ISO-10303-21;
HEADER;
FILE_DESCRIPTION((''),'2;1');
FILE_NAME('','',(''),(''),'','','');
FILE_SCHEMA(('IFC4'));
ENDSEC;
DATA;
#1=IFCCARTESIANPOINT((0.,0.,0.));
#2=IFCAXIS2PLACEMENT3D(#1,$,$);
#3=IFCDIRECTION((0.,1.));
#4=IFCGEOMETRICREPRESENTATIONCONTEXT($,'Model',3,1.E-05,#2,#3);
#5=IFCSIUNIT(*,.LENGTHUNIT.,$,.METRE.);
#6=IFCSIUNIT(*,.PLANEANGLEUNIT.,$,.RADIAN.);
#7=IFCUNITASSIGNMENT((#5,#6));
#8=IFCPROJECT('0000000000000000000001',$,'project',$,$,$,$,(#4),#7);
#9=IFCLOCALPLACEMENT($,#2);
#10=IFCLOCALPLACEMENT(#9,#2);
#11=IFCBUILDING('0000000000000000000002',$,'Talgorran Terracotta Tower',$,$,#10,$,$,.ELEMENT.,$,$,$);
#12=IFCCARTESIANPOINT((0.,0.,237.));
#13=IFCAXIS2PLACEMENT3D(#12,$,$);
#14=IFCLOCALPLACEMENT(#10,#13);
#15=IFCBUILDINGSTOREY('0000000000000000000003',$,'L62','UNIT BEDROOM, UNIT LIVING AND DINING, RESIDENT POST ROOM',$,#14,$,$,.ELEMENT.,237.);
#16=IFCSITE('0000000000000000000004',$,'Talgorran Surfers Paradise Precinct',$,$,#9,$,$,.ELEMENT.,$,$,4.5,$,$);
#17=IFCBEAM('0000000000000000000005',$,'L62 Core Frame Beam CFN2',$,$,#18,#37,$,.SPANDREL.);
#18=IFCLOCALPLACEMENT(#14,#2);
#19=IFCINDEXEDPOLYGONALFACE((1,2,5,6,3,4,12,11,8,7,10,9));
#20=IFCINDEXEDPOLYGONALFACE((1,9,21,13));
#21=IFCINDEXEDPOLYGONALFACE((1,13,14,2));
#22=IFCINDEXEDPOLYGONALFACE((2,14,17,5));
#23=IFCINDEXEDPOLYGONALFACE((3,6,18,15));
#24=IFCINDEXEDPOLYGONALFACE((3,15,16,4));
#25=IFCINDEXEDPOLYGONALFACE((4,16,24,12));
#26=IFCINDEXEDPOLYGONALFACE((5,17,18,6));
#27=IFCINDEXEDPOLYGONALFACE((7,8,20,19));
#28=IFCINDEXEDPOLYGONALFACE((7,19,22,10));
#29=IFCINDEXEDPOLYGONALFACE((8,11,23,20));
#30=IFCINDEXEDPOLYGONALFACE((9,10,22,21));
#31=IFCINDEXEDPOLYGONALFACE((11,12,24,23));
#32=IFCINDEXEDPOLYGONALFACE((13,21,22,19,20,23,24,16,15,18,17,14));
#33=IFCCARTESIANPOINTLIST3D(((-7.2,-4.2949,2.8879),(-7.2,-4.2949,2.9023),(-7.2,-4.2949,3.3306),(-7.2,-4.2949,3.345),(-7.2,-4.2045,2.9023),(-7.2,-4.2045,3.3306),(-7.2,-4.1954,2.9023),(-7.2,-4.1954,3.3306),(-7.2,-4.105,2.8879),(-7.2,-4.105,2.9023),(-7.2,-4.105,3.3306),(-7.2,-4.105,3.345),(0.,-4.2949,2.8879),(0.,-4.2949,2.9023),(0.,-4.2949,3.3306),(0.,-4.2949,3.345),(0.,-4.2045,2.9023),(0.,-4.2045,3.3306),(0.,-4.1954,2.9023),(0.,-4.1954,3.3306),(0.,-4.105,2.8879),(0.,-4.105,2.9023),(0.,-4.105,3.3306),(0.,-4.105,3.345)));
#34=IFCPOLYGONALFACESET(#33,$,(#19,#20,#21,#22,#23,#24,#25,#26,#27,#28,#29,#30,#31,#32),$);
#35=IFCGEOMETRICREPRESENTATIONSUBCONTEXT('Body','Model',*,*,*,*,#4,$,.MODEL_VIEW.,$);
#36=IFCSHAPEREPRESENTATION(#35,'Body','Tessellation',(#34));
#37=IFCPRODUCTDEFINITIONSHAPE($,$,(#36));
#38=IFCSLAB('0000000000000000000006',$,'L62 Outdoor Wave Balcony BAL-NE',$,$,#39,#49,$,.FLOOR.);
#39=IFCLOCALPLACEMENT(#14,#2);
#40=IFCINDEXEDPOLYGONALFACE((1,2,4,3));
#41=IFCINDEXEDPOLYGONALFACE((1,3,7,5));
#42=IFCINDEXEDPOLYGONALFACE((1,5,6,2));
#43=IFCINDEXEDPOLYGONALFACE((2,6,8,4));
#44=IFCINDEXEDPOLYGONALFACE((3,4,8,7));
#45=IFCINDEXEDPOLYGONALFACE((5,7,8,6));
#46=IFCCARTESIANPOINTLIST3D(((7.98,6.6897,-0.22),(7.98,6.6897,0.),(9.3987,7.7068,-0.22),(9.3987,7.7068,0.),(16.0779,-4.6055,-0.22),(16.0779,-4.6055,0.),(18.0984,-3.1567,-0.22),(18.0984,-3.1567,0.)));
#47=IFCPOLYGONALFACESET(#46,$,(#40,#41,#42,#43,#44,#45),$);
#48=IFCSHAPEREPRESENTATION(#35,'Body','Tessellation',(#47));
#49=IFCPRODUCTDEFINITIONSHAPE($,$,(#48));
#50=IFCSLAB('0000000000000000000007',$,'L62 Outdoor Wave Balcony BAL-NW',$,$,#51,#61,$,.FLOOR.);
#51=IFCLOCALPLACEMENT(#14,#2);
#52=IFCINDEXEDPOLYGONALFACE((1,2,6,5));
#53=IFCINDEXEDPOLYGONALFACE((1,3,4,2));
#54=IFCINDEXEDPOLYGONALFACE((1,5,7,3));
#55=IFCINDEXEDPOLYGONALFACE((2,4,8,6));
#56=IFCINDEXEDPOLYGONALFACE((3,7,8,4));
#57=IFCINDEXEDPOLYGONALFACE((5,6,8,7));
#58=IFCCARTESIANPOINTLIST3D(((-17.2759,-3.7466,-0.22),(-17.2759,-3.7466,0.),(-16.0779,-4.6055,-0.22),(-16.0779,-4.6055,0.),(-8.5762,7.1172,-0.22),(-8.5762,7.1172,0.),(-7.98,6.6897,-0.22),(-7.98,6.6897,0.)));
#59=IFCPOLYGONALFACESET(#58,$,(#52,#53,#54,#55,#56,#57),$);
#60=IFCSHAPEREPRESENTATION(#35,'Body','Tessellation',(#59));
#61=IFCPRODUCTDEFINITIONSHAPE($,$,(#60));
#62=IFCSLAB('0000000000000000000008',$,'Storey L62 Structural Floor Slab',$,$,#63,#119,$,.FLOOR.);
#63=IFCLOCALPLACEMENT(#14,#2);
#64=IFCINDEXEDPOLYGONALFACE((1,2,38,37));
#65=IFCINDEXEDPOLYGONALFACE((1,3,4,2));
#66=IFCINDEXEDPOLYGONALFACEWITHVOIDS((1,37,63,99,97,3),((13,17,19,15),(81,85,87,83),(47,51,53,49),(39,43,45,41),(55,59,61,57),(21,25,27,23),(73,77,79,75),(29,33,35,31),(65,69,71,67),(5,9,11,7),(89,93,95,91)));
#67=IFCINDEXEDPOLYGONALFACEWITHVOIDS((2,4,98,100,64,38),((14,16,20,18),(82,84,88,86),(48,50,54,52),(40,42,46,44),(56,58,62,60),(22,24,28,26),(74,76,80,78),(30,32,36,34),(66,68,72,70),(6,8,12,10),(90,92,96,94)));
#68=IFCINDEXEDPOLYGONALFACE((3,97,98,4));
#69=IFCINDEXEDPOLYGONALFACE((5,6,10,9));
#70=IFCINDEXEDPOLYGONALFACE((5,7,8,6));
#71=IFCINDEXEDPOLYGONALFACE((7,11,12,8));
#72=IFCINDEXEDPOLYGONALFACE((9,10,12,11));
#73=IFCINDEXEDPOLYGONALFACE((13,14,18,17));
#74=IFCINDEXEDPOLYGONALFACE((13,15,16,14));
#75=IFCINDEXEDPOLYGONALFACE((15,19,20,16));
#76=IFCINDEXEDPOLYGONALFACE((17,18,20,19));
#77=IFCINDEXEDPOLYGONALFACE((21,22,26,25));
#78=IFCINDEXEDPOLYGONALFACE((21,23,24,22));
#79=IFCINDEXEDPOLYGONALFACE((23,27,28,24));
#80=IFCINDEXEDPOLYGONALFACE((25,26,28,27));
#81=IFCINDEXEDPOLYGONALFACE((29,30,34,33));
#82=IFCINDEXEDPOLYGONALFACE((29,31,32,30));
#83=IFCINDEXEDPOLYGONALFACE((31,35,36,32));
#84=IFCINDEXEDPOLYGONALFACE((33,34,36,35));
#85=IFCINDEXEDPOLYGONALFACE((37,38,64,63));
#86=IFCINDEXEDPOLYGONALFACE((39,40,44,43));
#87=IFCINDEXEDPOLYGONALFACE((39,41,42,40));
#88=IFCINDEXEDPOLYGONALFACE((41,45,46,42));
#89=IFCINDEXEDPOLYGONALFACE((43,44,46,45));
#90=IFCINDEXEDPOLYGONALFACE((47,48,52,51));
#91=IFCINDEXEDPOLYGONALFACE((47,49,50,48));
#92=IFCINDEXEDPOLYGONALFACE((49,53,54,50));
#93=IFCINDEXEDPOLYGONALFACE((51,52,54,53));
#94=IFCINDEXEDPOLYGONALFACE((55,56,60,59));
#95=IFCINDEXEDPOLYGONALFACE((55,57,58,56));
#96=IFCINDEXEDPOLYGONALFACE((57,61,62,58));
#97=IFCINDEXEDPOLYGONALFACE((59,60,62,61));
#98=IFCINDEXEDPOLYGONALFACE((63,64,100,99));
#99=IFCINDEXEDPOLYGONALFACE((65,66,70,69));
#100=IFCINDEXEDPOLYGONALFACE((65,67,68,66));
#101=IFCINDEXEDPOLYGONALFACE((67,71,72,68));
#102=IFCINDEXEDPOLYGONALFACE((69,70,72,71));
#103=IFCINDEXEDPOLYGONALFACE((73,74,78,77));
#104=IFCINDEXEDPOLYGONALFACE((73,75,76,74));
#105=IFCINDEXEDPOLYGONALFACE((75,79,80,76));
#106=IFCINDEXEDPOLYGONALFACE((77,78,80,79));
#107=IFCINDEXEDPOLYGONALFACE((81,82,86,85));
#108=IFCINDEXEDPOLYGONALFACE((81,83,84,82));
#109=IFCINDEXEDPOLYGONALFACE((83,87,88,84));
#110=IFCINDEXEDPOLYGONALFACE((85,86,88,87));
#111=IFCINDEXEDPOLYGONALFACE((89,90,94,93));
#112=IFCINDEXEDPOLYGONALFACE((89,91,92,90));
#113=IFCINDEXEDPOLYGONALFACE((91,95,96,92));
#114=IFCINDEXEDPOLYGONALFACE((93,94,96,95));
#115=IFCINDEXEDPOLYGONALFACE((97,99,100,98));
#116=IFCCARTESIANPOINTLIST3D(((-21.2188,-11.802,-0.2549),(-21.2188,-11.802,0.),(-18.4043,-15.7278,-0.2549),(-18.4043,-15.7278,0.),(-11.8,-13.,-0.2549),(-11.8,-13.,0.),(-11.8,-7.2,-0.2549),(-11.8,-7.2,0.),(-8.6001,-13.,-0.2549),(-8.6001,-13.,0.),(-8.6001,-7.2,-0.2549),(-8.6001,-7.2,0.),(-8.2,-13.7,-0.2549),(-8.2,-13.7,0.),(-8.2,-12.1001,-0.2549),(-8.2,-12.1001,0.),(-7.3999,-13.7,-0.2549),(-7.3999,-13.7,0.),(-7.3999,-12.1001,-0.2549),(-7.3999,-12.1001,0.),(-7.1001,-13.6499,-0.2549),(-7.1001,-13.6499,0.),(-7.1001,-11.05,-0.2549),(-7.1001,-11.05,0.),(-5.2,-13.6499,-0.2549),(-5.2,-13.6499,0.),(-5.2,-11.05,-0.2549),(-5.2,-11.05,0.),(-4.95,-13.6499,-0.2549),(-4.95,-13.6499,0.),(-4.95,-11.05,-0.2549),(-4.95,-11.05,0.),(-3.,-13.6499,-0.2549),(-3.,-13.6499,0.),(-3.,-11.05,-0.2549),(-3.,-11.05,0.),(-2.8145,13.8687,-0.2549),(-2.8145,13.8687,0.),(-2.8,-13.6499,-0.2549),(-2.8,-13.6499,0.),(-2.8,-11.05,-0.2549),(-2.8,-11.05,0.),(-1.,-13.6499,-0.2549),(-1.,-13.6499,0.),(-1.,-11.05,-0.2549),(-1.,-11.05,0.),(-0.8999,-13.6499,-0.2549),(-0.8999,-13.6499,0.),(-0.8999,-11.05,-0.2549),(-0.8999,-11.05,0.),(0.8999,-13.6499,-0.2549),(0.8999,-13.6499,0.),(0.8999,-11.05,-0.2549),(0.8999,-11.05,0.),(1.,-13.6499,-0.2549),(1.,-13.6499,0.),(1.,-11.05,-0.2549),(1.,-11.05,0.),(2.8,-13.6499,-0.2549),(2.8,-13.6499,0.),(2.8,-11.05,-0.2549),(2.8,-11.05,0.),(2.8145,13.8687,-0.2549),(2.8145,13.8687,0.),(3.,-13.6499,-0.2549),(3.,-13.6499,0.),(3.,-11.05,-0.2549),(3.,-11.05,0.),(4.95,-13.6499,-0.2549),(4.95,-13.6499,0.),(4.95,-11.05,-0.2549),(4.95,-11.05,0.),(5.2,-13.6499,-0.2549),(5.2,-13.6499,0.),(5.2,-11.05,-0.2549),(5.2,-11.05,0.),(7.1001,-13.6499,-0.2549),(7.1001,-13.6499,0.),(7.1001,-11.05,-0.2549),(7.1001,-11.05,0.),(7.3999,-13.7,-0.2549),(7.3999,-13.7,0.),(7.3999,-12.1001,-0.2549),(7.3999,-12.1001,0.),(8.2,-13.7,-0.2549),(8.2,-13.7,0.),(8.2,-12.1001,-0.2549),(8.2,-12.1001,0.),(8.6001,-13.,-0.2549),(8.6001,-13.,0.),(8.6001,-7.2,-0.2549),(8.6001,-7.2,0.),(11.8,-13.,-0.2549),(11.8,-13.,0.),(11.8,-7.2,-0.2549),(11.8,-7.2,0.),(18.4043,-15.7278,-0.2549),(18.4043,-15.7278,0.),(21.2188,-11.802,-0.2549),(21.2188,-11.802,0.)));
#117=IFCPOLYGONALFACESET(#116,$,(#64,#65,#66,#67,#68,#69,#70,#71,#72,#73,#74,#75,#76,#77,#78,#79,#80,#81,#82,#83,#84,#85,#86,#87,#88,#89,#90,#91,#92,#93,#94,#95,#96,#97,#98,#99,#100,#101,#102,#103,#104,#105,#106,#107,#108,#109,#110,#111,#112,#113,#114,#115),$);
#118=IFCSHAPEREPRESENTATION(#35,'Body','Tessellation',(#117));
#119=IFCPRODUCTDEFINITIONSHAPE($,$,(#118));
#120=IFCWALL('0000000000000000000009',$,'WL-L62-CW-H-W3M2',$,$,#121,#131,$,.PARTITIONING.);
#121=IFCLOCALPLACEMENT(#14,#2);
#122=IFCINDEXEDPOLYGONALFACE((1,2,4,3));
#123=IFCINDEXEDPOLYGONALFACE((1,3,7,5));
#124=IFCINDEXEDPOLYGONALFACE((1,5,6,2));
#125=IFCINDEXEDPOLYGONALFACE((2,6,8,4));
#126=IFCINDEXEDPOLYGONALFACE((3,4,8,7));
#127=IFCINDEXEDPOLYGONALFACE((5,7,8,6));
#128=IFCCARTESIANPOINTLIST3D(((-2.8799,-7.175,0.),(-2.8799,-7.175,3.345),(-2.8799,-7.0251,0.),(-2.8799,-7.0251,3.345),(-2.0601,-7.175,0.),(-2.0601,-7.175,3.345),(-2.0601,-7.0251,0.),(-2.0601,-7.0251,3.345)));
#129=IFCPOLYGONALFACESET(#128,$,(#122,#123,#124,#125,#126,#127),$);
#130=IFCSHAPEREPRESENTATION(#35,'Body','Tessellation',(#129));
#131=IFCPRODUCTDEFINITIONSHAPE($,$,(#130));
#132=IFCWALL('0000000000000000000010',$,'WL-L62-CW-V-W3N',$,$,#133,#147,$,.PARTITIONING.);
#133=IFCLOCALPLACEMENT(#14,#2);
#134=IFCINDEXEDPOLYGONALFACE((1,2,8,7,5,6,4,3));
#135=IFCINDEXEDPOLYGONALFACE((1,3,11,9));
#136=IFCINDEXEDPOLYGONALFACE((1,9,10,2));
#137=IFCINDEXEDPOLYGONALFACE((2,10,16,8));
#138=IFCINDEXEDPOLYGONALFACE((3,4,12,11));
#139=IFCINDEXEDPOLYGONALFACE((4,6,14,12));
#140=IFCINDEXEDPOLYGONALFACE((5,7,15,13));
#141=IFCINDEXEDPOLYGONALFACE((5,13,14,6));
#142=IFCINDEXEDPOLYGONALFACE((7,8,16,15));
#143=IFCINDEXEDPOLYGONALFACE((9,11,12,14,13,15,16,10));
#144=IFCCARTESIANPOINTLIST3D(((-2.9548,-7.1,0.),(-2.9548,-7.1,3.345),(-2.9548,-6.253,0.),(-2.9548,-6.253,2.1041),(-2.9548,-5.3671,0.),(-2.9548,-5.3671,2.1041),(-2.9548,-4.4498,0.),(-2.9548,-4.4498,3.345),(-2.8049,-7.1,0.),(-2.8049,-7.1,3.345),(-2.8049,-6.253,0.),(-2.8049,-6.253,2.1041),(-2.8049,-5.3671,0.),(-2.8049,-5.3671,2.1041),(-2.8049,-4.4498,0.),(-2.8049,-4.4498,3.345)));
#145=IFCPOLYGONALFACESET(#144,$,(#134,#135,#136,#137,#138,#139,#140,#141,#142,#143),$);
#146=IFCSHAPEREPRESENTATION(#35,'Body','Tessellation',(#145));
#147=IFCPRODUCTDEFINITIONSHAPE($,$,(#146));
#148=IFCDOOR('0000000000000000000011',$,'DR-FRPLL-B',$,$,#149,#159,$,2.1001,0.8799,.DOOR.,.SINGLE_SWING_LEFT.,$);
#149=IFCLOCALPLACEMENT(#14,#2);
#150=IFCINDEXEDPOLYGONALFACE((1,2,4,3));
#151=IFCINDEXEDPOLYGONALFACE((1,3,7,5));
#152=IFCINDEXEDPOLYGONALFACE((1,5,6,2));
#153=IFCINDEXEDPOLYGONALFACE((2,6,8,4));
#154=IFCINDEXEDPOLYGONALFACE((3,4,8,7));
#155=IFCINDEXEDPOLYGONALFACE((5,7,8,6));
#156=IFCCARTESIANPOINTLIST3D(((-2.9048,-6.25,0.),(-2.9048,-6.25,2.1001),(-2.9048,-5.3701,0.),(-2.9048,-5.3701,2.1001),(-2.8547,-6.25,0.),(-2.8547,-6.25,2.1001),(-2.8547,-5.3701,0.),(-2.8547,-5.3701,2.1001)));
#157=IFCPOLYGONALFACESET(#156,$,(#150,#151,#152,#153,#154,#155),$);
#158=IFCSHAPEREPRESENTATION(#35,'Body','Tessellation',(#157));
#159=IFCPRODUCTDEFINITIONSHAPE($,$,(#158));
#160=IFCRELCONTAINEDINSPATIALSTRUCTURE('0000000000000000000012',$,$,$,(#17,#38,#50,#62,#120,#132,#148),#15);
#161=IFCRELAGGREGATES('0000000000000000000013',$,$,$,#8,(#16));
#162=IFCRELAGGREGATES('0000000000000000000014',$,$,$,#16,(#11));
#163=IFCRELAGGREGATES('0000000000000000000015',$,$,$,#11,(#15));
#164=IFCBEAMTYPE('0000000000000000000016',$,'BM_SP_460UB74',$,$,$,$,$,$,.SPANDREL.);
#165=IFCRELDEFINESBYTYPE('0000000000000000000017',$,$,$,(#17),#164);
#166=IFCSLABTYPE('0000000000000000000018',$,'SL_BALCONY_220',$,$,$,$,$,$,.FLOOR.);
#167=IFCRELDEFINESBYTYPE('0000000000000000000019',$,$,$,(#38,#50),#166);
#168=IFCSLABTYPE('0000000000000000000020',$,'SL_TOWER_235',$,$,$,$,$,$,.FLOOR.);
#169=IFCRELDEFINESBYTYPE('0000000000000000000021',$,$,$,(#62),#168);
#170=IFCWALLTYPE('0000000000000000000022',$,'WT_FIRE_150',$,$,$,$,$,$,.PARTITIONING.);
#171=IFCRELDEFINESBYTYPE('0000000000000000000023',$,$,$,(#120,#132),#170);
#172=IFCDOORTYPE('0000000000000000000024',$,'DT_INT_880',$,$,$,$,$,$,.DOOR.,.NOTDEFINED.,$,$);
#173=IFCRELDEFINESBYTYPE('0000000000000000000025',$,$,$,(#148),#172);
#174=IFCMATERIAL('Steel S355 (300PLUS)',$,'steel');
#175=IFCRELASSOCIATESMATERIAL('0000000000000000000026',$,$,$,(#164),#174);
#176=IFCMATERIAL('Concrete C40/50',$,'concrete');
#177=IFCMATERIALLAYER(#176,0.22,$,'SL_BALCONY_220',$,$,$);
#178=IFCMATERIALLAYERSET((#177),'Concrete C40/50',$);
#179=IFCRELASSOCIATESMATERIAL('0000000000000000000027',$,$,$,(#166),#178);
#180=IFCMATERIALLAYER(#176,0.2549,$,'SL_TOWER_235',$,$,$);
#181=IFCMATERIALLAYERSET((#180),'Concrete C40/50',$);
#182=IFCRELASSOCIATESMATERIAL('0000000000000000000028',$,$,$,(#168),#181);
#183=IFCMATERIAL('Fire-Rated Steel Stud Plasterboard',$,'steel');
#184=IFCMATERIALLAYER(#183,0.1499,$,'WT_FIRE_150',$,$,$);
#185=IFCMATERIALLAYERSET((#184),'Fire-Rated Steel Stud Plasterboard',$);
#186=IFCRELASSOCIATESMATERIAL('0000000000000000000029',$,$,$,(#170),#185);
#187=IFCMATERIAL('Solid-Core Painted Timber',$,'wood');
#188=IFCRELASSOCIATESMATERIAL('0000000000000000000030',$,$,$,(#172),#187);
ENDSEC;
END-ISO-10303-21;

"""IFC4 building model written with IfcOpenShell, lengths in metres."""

from ifc_helpers import new_model, si_unit, direction, frame, frame_2d, origin, origin_2d, place, context, subcontext, project, spatial, polyline, rectangle, i_section, outline, extrude, material, layer, layer_set, material_profile, profile_set, type_object, element, fill, save


model = new_model("IFC4")

# Units and contexts
model_context = context("Model", 3, precision=1e-05, world=origin(), true_north=direction((0.0, 1.0)))
body_context = subcontext(model_context, "Body", "Model", "MODEL_VIEW")
ifc_project = project(units=[si_unit("LENGTHUNIT", "METRE"), si_unit("PLANEANGLEUNIT", "RADIAN")], contexts=[model_context])

# Site, building, storey
site_placement = place(None, origin())
site = spatial("IfcSite", under=ifc_project, at=site_placement, Name="Talgorran Surfers Paradise Precinct", CompositionType="ELEMENT", RefElevation=4.5)
building_placement = place(site_placement, origin())
building = spatial("IfcBuilding", under=site, at=building_placement, Name="Talgorran Terracotta Tower", CompositionType="ELEMENT")
storey_placement = place(building_placement, frame((0.0, 0.0, 237.0)))
storey = spatial("IfcBuildingStorey", under=building, at=storey_placement, Name="L62", Description="UNIT BEDROOM, UNIT LIVING AND DINING, RESIDENT POST ROOM", CompositionType="ELEMENT", Elevation=237.0)

# Shared definitions
ifc_material_1 = material(Name="Steel S355 (300PLUS)", Category="steel")

# Beam
ifc_material_profile_1 = material_profile(ifc_material_1, i_section(OverallWidth=0.1899, OverallDepth=0.457, WebThickness=0.009, FlangeThickness=0.0144, at=origin_2d()), Name="460UB74.6")
ifc_profile_set_1 = profile_set([ifc_material_profile_1], Name="Steel S355 (300PLUS)")
beam_type_1 = type_object("IfcBeamType", Name="BM_SP_460UB74", PredefinedType="SPANDREL", material=ifc_profile_set_1)
beam_1_placement = place(storey_placement, frame((-7.2, -4.2, 3.1165), z_axis=(1.0, 0.0, 0.0), x_axis=(0.0, 1.0, 0.0)))
element("IfcBeam", 1, at=beam_1_placement, inside=storey, type_object=beam_type_1, Name="L62 Core Frame Beam CFN2", PredefinedType="SPANDREL", context=body_context, shape_type="SweptSolid", body=[
    extrude(i_section(OverallWidth=0.1899, OverallDepth=0.457, WebThickness=0.009, FlangeThickness=0.0144, at=origin_2d()), origin(), (0.0, 0.0, 1.0), 7.2),
])

# Slabs
ifc_material_2 = material(Name="Concrete C40/50", Category="concrete")
ifc_layer_1 = layer(ifc_material_2, 0.22, Name="SL_BALCONY_220")
ifc_layer_set_1 = layer_set([ifc_layer_1], Name="Concrete C40/50")
slab_type_1 = type_object("IfcSlabType", Name="SL_BALCONY_220", PredefinedType="FLOOR", material=ifc_layer_set_1)
slab_1_placement = place(storey_placement, frame((0.0, 0.0, -0.22)))
element("IfcSlab", 2, at=slab_1_placement, inside=storey, type_object=slab_type_1, Name="L62 Outdoor Wave Balcony BAL-NE", PredefinedType="FLOOR", context=body_context, shape_type="SweptSolid", body=[
    extrude(outline(polyline([(7.98, 6.6897), (16.0779, -4.6055), (18.0984, -3.1567), (9.3987, 7.7068), (7.98, 6.6897)])), origin(), (0.0, 0.0, 1.0), 0.22),
])
slab_2_placement = place(storey_placement, frame((0.0, 0.0, -0.22)))
element("IfcSlab", 3, at=slab_2_placement, inside=storey, type_object=slab_type_1, Name="L62 Outdoor Wave Balcony BAL-NW", PredefinedType="FLOOR", context=body_context, shape_type="SweptSolid", body=[
    extrude(outline(polyline([(-16.0779, -4.6055), (-7.98, 6.6897), (-8.5762, 7.1172), (-17.2759, -3.7466), (-16.0779, -4.6055)])), origin(), (0.0, 0.0, 1.0), 0.22),
])
ifc_layer_2 = layer(ifc_material_2, 0.2549, Name="SL_TOWER_235")
ifc_layer_set_2 = layer_set([ifc_layer_2], Name="Concrete C40/50")
slab_type_2 = type_object("IfcSlabType", Name="SL_TOWER_235", PredefinedType="FLOOR", material=ifc_layer_set_2)
slab_3_placement = place(storey_placement, frame((0.0, 0.0, -0.2549)))
element("IfcSlab", 4, at=slab_3_placement, inside=storey, type_object=slab_type_2, Name="Storey L62 Structural Floor Slab", PredefinedType="FLOOR", context=body_context, shape_type="SweptSolid", body=[
    extrude(outline(polyline([(-21.2188, -11.802), (-18.4043, -15.7278), (18.4043, -15.7278), (21.2188, -11.802), (2.8145, 13.8687), (-2.8145, 13.8687), (-21.2188, -11.802)]), holes=[polyline([(-11.8, -7.2), (-11.8, -13.0), (-8.6001, -13.0), (-8.6001, -7.2), (-11.8, -7.2)]), polyline([(8.6001, -7.2), (8.6001, -13.0), (11.8, -13.0), (11.8, -7.2), (8.6001, -7.2)]), polyline([(-7.1001, -13.6499), (-5.2, -13.6499), (-5.2, -11.05), (-7.1001, -11.05), (-7.1001, -13.6499)]), polyline([(5.2, -13.6499), (7.1001, -13.6499), (7.1001, -11.05), (5.2, -11.05), (5.2, -13.6499)]), polyline([(3.0, -13.6499), (4.95, -13.6499), (4.95, -11.05), (3.0, -11.05), (3.0, -13.6499)]), polyline([(-4.95, -13.6499), (-3.0, -13.6499), (-3.0, -11.05), (-4.95, -11.05), (-4.95, -13.6499)]), polyline([(-2.8, -13.6499), (-1.0, -13.6499), (-1.0, -11.05), (-2.8, -11.05), (-2.8, -13.6499)]), polyline([(-0.8999, -13.6499), (0.8999, -13.6499), (0.8999, -11.05), (-0.8999, -11.05), (-0.8999, -13.6499)]), polyline([(1.0, -13.6499), (2.8, -13.6499), (2.8, -11.05), (1.0, -11.05), (1.0, -13.6499)]), polyline([(-8.2, -13.7), (-7.3999, -13.7), (-7.3999, -12.1001), (-8.2, -12.1001), (-8.2, -13.7)]), polyline([(7.3999, -13.7), (8.2, -13.7), (8.2, -12.1001), (7.3999, -12.1001), (7.3999, -13.7)])]), origin(), (0.0, 0.0, 1.0), 0.2549),
])

# Wall
ifc_material_3 = material(Name="Fire-Rated Steel Stud Plasterboard", Category="steel")
ifc_layer_3 = layer(ifc_material_3, 0.1499, Name="WT_FIRE_150")
ifc_layer_set_3 = layer_set([ifc_layer_3], Name="Fire-Rated Steel Stud Plasterboard")
wall_type_1 = type_object("IfcWallType", Name="WT_FIRE_150", PredefinedType="PARTITIONING", material=ifc_layer_set_3)
wall_1_placement = place(storey_placement, frame((-2.8799, -7.1001, 0.0), z_axis=(0.0, 0.0, 1.0), x_axis=(1.0, 0.0, 0.0)))
element("IfcWall", 5, at=wall_1_placement, inside=storey, type_object=wall_type_1, Name="WL-L62-CW-H-W3M2", PredefinedType="PARTITIONING", context=body_context, shape_type="SweptSolid", body=[
    extrude(rectangle(XDim=0.8198, YDim=0.1499, at=frame_2d((0.4099, 0.0))), origin(), (0.0, 0.0, 1.0), 3.345),
])

# Wall, opening, door
wall_2_placement = place(storey_placement, frame((-2.8799, -7.1001, 0.0), z_axis=(0.0, 0.0, 1.0), x_axis=(0.0, 1.0, 0.0)))
wall_2 = element("IfcWall", 6, at=wall_2_placement, inside=storey, type_object=wall_type_1, Name="WL-L62-CW-V-W3N", PredefinedType="PARTITIONING", context=body_context, shape_type="SweptSolid", body=[
    extrude(rectangle(XDim=2.6501, YDim=0.1499, at=frame_2d((1.3252, 0.0))), origin(), (0.0, 0.0, 1.0), 3.345),
])
opening_1_placement = place(wall_2_placement, frame((0.8501, 0.0, 0.0)))
opening_1 = element("IfcOpeningElement", 7, at=opening_1_placement, cuts=wall_2, PredefinedType="OPENING", context=body_context, shape_type="SweptSolid", body=[
    extrude(rectangle(XDim=0.8859, YDim=2.1041, at=frame_2d((0.4399, 1.052))), frame((0.0, 0.085, 0.0), z_axis=(0.0, -1.0, 0.0), x_axis=(1.0, 0.0, 0.0)), (0.0, 0.0, 1.0), 0.1699),
])
ifc_material_4 = material(Name="Solid-Core Painted Timber", Category="wood")
door_type_1 = type_object("IfcDoorType", Name="DT_INT_880", OperationType="NOTDEFINED", PredefinedType="DOOR", material=ifc_material_4)
door_1_placement = place(opening_1_placement, origin())
door_1 = element("IfcDoor", 8, at=door_1_placement, inside=storey, type_object=door_type_1, Name="DR-FRPLL-B", OperationType="SINGLE_SWING_LEFT", OverallHeight=2.1001, OverallWidth=0.8799, PredefinedType="DOOR", context=body_context, shape_type="SweptSolid", body=[
    extrude(rectangle(XDim=0.8799, YDim=2.1001, at=frame_2d((0.4399, 1.05))), frame((0.0, 0.0249, 0.0), z_axis=(0.0, -1.0, 0.0), x_axis=(1.0, 0.0, 0.0)), (0.0, 0.0, 1.0), 0.05),
])
fill(opening_1, door_1)

save(model, "model.ifc")
